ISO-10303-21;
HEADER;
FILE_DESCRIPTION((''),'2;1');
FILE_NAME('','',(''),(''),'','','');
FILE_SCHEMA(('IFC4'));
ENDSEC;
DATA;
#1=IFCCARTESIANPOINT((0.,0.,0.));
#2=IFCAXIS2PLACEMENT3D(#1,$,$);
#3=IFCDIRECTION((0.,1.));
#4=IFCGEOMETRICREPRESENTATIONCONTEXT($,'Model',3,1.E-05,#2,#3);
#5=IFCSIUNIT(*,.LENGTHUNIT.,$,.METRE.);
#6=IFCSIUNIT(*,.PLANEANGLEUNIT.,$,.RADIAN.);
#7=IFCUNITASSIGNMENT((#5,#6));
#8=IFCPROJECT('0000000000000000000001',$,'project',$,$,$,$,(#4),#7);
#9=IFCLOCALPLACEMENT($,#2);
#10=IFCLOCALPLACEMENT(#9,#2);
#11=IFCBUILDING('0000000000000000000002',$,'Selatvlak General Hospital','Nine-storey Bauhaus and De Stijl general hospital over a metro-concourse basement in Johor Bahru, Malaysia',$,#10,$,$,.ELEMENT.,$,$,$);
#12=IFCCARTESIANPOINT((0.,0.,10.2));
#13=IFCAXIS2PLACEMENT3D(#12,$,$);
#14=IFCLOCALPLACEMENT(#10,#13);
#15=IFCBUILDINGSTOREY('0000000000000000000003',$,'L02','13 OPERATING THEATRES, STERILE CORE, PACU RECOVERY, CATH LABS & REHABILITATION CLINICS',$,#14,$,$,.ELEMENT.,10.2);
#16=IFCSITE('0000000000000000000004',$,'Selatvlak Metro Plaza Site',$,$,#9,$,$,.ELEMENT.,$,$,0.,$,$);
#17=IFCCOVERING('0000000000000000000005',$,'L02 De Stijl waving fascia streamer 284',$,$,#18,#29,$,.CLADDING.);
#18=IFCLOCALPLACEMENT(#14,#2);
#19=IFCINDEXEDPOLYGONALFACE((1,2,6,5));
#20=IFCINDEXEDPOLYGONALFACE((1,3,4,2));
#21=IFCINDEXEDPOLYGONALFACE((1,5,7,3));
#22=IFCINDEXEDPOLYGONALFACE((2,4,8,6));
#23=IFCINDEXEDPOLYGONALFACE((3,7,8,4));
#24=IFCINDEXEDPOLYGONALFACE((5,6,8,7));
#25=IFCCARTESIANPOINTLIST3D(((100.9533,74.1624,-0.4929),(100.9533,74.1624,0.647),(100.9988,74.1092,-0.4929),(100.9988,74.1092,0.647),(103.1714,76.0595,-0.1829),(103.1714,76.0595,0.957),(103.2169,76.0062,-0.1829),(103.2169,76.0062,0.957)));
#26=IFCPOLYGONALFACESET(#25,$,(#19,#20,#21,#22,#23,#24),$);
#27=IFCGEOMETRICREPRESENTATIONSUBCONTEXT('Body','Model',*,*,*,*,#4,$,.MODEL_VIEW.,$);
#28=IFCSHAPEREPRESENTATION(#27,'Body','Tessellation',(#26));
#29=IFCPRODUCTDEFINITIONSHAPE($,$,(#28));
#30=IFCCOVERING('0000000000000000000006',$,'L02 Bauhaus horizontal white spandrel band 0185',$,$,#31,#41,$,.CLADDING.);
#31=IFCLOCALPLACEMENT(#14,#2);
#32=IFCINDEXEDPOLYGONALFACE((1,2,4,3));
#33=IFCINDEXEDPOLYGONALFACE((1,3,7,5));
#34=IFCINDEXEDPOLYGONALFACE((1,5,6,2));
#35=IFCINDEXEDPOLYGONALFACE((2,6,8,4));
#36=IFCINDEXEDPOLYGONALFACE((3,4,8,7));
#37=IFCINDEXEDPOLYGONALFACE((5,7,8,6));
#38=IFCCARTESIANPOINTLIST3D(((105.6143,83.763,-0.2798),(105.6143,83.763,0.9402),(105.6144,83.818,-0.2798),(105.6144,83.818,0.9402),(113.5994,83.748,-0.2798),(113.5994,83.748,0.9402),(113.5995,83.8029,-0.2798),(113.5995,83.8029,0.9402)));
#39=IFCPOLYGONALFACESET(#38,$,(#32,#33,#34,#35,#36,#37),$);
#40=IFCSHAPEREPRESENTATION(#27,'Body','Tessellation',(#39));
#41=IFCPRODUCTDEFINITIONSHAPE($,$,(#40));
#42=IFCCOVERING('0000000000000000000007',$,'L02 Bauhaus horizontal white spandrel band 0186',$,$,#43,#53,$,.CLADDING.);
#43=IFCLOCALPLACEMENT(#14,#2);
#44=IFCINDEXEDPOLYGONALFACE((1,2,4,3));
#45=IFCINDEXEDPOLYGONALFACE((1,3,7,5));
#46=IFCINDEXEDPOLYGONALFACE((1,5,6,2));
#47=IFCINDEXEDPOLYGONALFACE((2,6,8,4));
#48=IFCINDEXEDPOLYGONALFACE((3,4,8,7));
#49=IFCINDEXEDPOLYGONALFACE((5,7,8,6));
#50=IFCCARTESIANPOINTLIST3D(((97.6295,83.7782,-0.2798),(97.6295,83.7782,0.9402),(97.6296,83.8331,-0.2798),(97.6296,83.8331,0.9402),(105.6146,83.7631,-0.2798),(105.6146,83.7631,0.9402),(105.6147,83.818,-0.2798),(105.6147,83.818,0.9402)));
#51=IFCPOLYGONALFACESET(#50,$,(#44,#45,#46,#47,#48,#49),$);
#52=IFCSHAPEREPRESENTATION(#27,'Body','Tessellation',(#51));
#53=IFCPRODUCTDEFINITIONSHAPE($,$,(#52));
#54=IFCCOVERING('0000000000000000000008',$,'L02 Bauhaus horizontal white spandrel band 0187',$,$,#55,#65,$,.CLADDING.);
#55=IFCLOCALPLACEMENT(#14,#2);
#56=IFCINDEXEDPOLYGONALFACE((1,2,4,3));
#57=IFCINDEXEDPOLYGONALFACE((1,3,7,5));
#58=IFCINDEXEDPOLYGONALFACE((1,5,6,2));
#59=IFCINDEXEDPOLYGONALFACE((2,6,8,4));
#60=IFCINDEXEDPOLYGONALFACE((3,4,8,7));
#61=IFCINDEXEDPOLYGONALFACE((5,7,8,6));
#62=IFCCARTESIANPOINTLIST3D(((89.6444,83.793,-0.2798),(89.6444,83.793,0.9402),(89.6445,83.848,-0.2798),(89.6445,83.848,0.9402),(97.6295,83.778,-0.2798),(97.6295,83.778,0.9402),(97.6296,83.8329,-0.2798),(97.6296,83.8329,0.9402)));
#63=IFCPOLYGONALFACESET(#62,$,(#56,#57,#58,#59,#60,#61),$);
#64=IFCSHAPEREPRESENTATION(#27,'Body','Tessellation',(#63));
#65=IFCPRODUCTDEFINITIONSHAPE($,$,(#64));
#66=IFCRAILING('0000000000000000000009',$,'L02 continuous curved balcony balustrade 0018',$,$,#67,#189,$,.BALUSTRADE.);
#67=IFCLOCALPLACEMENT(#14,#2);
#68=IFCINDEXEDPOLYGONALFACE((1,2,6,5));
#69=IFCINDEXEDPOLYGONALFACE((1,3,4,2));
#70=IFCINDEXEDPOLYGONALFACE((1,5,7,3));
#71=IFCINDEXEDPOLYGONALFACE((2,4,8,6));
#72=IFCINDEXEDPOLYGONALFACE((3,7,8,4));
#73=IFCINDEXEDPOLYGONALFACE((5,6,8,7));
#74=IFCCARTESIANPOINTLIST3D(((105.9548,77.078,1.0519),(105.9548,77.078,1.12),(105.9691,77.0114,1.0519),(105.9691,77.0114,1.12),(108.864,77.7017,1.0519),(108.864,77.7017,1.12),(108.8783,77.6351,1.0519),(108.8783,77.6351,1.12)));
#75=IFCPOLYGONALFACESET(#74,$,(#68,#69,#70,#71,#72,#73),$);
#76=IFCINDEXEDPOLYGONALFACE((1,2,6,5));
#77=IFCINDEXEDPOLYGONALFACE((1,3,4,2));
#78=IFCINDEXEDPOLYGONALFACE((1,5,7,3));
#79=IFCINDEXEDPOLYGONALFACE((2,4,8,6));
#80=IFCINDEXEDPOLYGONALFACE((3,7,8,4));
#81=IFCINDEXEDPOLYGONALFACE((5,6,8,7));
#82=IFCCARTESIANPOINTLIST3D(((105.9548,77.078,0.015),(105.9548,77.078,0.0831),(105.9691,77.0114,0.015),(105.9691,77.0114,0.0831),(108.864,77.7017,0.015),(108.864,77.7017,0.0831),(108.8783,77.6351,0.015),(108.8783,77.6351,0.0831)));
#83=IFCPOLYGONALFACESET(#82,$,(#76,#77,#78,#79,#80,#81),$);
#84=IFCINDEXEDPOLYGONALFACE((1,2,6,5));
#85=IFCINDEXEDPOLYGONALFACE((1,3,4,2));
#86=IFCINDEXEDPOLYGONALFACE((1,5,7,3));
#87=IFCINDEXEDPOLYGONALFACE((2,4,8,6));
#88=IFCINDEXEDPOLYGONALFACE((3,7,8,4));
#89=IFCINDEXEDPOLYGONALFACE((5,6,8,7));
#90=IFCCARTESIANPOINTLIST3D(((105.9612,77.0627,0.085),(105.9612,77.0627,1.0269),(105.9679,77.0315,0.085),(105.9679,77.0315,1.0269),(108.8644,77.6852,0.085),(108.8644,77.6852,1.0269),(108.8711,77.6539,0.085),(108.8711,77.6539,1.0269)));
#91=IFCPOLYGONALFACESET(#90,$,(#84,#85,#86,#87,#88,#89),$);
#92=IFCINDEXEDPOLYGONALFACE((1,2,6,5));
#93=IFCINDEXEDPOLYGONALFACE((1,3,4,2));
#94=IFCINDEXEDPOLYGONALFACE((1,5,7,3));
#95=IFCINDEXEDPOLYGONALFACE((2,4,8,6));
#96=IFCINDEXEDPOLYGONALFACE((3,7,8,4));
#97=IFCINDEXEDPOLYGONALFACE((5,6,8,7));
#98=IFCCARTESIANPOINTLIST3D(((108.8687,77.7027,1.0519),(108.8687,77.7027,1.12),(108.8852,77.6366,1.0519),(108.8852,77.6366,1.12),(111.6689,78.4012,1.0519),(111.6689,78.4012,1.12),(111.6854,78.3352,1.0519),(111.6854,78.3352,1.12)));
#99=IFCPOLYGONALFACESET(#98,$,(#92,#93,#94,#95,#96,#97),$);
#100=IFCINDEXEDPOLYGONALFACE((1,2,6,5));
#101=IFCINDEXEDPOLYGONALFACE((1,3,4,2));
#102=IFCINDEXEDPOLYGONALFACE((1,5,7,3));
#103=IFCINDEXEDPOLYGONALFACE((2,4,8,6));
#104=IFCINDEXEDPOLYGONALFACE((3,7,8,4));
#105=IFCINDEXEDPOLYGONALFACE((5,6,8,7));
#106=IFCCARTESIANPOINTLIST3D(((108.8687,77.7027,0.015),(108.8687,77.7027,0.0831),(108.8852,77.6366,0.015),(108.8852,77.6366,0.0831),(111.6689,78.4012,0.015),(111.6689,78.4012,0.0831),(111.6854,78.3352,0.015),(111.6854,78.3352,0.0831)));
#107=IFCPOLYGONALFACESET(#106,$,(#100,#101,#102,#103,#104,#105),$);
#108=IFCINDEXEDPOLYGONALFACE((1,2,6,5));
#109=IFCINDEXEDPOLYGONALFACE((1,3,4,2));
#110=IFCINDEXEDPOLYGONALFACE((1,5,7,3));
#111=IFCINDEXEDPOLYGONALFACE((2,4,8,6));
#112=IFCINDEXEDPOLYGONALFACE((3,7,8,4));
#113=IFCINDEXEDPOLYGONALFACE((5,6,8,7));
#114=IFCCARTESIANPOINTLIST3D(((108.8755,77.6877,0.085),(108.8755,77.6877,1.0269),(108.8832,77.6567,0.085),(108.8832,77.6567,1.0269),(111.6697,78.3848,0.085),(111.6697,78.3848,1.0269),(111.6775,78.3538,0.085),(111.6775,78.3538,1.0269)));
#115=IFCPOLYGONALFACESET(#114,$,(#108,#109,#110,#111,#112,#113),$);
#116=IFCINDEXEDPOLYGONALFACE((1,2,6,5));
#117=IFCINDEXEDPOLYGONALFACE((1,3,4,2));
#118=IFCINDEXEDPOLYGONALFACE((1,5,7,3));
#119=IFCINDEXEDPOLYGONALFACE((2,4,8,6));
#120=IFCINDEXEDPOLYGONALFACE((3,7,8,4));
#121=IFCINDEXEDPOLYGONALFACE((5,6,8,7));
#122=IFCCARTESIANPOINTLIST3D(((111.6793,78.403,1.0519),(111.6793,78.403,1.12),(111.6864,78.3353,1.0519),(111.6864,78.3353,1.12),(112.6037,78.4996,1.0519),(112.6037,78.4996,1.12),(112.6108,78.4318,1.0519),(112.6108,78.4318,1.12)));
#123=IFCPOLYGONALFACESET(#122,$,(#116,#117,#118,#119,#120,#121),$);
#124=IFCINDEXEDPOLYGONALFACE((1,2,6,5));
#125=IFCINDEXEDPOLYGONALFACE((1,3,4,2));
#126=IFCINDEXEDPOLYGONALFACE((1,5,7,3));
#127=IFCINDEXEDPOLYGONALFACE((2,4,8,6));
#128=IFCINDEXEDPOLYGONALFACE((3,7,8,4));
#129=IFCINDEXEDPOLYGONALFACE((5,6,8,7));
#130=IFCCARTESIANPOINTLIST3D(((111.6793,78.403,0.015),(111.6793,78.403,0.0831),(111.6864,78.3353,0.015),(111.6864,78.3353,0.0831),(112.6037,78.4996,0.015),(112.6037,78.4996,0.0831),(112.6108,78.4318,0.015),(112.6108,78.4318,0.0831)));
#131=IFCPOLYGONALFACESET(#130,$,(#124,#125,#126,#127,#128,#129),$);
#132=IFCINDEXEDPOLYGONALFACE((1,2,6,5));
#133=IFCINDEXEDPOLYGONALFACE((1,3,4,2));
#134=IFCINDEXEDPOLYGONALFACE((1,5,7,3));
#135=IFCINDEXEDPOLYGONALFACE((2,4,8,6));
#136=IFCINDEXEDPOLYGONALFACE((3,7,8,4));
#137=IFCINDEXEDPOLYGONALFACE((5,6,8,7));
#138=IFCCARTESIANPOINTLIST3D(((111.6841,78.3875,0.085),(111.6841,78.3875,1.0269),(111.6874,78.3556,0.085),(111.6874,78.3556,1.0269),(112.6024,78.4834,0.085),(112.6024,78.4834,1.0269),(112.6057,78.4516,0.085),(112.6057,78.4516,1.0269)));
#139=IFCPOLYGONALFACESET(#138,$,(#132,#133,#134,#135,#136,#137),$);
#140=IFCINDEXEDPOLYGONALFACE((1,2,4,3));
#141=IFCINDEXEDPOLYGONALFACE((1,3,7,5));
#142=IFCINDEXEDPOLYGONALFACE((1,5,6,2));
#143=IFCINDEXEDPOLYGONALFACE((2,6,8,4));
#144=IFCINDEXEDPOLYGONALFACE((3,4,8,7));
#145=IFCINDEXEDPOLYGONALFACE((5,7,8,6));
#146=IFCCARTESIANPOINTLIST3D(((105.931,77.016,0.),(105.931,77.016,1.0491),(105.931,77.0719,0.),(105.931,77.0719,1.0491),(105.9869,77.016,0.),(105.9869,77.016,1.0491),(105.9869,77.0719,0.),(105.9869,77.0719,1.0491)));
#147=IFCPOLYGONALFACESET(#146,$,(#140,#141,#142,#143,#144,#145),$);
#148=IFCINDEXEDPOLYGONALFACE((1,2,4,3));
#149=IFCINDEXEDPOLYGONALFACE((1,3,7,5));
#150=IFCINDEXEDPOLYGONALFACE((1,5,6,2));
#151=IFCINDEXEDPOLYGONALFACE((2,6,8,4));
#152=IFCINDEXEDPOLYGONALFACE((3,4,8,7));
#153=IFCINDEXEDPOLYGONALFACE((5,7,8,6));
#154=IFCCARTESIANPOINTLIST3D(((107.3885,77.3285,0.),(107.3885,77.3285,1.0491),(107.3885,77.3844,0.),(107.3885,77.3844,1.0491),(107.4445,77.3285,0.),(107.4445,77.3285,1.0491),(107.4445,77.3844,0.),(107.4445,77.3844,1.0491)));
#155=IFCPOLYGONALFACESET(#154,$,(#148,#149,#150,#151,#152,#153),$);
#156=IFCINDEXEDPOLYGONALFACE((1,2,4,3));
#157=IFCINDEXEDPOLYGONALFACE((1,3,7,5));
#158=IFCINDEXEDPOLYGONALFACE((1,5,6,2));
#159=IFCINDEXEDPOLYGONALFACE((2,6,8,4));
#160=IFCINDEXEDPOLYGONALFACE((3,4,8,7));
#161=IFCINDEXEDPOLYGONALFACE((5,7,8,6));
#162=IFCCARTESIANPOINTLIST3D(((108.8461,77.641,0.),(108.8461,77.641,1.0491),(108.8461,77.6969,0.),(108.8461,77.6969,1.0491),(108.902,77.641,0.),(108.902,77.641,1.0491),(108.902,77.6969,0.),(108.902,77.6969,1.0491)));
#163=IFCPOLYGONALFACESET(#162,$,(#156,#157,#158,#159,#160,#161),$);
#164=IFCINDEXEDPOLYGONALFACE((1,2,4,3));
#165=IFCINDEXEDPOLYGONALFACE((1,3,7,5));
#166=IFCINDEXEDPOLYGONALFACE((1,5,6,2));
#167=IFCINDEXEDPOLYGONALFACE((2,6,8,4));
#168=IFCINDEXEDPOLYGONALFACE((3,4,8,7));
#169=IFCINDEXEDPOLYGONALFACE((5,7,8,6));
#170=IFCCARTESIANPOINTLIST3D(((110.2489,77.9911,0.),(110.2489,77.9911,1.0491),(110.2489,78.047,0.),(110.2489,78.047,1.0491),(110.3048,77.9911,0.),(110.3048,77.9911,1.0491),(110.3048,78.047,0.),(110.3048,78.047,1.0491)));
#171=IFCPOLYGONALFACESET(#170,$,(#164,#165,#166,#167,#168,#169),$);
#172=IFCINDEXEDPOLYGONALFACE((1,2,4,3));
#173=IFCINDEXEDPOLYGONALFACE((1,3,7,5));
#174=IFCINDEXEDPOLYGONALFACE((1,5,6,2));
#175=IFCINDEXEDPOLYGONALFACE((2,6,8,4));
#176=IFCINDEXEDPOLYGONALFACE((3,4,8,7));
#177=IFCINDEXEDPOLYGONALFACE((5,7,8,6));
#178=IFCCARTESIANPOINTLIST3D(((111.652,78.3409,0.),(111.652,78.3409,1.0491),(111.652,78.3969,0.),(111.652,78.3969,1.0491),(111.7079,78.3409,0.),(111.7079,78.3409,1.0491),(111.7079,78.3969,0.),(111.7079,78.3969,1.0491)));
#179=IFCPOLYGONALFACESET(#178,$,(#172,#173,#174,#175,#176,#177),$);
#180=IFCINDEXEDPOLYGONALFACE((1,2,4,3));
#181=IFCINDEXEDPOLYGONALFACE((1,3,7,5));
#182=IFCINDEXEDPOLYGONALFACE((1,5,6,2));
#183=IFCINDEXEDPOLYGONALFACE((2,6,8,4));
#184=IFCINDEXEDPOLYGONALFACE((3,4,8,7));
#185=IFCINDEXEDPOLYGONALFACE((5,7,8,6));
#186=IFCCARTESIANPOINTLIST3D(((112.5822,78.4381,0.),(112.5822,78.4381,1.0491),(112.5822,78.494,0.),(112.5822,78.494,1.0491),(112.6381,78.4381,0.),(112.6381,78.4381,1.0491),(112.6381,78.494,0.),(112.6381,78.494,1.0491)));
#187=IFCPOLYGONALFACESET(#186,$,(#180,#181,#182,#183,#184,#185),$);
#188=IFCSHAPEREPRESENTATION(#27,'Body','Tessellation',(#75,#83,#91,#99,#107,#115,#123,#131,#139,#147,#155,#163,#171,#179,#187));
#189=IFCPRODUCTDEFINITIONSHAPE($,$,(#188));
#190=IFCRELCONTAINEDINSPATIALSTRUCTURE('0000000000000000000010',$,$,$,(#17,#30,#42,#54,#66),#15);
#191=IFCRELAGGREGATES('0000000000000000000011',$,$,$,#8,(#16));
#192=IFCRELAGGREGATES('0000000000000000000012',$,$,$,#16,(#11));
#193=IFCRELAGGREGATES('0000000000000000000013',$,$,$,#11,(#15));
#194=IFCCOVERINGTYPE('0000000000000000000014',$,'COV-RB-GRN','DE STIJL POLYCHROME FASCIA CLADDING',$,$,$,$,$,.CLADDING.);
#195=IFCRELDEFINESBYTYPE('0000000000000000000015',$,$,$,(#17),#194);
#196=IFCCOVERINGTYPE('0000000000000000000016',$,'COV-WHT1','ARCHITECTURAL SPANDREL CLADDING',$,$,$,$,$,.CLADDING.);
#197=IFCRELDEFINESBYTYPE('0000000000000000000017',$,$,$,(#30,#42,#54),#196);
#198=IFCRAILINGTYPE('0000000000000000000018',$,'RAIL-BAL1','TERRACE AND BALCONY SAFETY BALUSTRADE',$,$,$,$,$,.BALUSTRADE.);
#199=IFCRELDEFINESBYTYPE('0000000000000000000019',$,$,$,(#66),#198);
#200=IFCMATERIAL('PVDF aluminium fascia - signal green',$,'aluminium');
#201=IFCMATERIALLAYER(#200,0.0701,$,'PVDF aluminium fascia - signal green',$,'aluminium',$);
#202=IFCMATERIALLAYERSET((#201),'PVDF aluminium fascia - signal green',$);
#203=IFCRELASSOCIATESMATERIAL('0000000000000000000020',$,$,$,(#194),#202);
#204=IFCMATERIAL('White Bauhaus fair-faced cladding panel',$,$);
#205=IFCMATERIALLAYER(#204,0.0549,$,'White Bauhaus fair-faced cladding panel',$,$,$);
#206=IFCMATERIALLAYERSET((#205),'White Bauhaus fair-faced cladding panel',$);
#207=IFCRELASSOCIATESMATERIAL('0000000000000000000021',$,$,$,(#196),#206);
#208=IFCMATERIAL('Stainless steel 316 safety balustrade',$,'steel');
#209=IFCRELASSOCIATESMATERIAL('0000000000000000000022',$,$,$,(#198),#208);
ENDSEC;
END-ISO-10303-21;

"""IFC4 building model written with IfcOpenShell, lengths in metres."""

from ifc_helpers import new_model, si_unit, direction, frame, origin, origin_2d, place, context, subcontext, project, spatial, polyline, rectangle, outline, extrude, material, layer, layer_set, type_object, element, save


model = new_model("IFC4")

# Units and contexts
model_context = context("Model", 3, precision=1e-05, world=origin(), true_north=direction((0.0, 1.0)))
body_context = subcontext(model_context, "Body", "Model", "MODEL_VIEW")
ifc_project = project(units=[si_unit("LENGTHUNIT", "METRE"), si_unit("PLANEANGLEUNIT", "RADIAN")], contexts=[model_context])

# Site, building, storey
site_placement = place(None, origin())
site = spatial("IfcSite", under=ifc_project, at=site_placement, Name="Selatvlak Metro Plaza Site", CompositionType="ELEMENT", RefElevation=0.0)
building_placement = place(site_placement, origin())
building = spatial("IfcBuilding", under=site, at=building_placement, Name="Selatvlak General Hospital", Description="Nine-storey Bauhaus and De Stijl general hospital over a metro-concourse basement in Johor Bahru, Malaysia", CompositionType="ELEMENT")
storey_placement = place(building_placement, frame((0.0, 0.0, 10.2)))
storey = spatial("IfcBuildingStorey", under=building, at=storey_placement, Name="L02", Description="13 OPERATING THEATRES, STERILE CORE, PACU RECOVERY, CATH LABS & REHABILITATION CLINICS", CompositionType="ELEMENT", Elevation=10.2)

# Coverings
ifc_material_1 = material(Name="PVDF aluminium fascia - signal green", Category="aluminium")
ifc_layer_1 = layer(ifc_material_1, 0.0701, Name="PVDF aluminium fascia - signal green", Category="aluminium")
ifc_layer_set_1 = layer_set([ifc_layer_1], Name="PVDF aluminium fascia - signal green")
covering_type_1 = type_object("IfcCoveringType", Name="COV-RB-GRN", Description="DE STIJL POLYCHROME FASCIA CLADDING", PredefinedType="CLADDING", material=ifc_layer_set_1)
covering_1_placement = place(storey_placement, frame((103.1941, 76.033, -0.1829), z_axis=(0.0, 0.0, 1.0), x_axis=(-0.759965, -0.649964, 0.0)))
element("IfcCovering", 1, at=covering_1_placement, inside=storey, type_object=covering_type_1, Name="L02 De Stijl waving fascia streamer 284", PredefinedType="CLADDING", context=body_context, shape_type="SweptSolid", body=[
    extrude(outline(polyline([(0.0, 0.0), (2.9187, -0.3101), (2.9187, 0.8298), (0.0, 1.1399), (0.0, 0.0)])), frame((0.0, 0.0352, 0.0), z_axis=(0.0, -1.0, 0.0), x_axis=(1.0, 0.0, 0.0)), (0.0, 0.0, 1.0), 0.0701),
])
ifc_material_2 = material(Name="White Bauhaus fair-faced cladding panel")
ifc_layer_2 = layer(ifc_material_2, 0.0549, Name="White Bauhaus fair-faced cladding panel")
ifc_layer_set_2 = layer_set([ifc_layer_2], Name="White Bauhaus fair-faced cladding panel")
covering_type_2 = type_object("IfcCoveringType", Name="COV-WHT1", Description="ARCHITECTURAL SPANDREL CLADDING", PredefinedType="CLADDING", material=ifc_layer_set_2)
for number, where, z_axis, x_axis, name in (
    (2, (109.6069, 83.783, -0.2798), (0.0, 0.0, 1.0), (-0.999998, 0.001885, 0.0), "L02 Bauhaus horizontal white spandrel band 0185"),
    (3, (101.6221, 83.7981, -0.2798), (0.0, 0.0, 1.0), (-0.999998, 0.001885, 0.0), "L02 Bauhaus horizontal white spandrel band 0186"),
    (4, (93.637, 83.813, -0.2798), (0.0, 0.0, 1.0), (-0.999998, 0.001885, 0.0), "L02 Bauhaus horizontal white spandrel band 0187"),
):
    element("IfcCovering", number, at=place(storey_placement, frame(where, z_axis=z_axis, x_axis=x_axis)), inside=storey, type_object=covering_type_2, Name=name, PredefinedType="CLADDING", context=body_context, shape_type="SweptSolid", body=[
        extrude(rectangle(XDim=7.9851, YDim=0.0549, at=origin_2d()), origin(), (0.0, 0.0, 1.0), 1.22),
    ])

# Railing
ifc_material_3 = material(Name="Stainless steel 316 safety balustrade", Category="steel")
railing_type = type_object("IfcRailingType", Name="RAIL-BAL1", Description="TERRACE AND BALCONY SAFETY BALUSTRADE", PredefinedType="BALUSTRADE", material=ifc_material_3)
railing_placement = place(storey_placement, frame((105.959, 77.0439, 0.0)))
element("IfcRailing", 5, at=railing_placement, inside=storey, type_object=railing_type, Name="L02 continuous curved balcony balustrade 0018", PredefinedType="BALUSTRADE", context=body_context, shape_type="SweptSolid", body=[
    extrude(rectangle(XDim=0.0681, YDim=0.0681, at=origin_2d()), frame((0.0029, 0.0007, 1.0859), z_axis=(0.977778, 0.209641, 0.0), x_axis=(-0.209641, 0.977778, 0.0)), (0.0, 0.0, 1.0), 2.9753),
    extrude(rectangle(XDim=0.0681, YDim=0.0681, at=origin_2d()), frame((0.0029, 0.0007, 0.0491), z_axis=(0.977778, 0.209641, 0.0), x_axis=(-0.209641, 0.977778, 0.0)), (0.0, 0.0, 1.0), 2.9753),
    extrude(outline(polyline([(0.0, 0.0), (2.9692, 0.0), (2.9692, 0.9419), (0.0, 0.9419), (0.0, 0.0)])), frame((0.0022, 0.0188, 0.085), z_axis=(0.209641, -0.977778, 0.0), x_axis=(0.977778, 0.209641, 0.0)), (0.0, 0.0, 1.0), 0.032),
    extrude(rectangle(XDim=0.0681, YDim=0.0681, at=origin_2d()), frame((2.918, 0.6257, 1.0859), z_axis=(0.970267, 0.242039, 0.0), x_axis=(-0.242039, 0.970267, 0.0)), (0.0, 0.0, 1.0), 2.886),
    extrude(rectangle(XDim=0.0681, YDim=0.0681, at=origin_2d()), frame((2.918, 0.6257, 0.0491), z_axis=(0.970267, 0.242039, 0.0), x_axis=(-0.242039, 0.970267, 0.0)), (0.0, 0.0, 1.0), 2.886),
    extrude(outline(polyline([(0.0, 0.0), (2.8799, 0.0), (2.8799, 0.9419), (0.0, 0.9419), (0.0, 0.0)])), frame((2.9165, 0.6438, 0.085), z_axis=(0.242039, -0.970267, 0.0), x_axis=(0.970267, 0.242039, 0.0)), (0.0, 0.0, 1.0), 0.032),
    extrude(rectangle(XDim=0.0681, YDim=0.0681, at=origin_2d()), frame((5.7239, 1.3252, 1.0859), z_axis=(0.994588, 0.103897, 0.0), x_axis=(-0.103897, 0.994588, 0.0)), (0.0, 0.0, 1.0), 0.9294),
    extrude(rectangle(XDim=0.0681, YDim=0.0681, at=origin_2d()), frame((5.7239, 1.3252, 0.0491), z_axis=(0.994588, 0.103897, 0.0), x_axis=(-0.103897, 0.994588, 0.0)), (0.0, 0.0, 1.0), 0.9294),
    extrude(outline(polyline([(0.0, 0.0), (0.9233, 0.0), (0.9233, 0.9419), (0.0, 0.9419), (0.0, 0.0)])), frame((5.7251, 1.3435, 0.085), z_axis=(0.103897, -0.994588, 0.0), x_axis=(0.994588, 0.103897, 0.0)), (0.0, 0.0, 1.0), 0.032),
    extrude(rectangle(XDim=0.0559, YDim=0.0559, at=origin_2d()), origin(), (0.0, 0.0, 1.0), 1.0491),
    extrude(rectangle(XDim=0.0559, YDim=0.0559, at=origin_2d()), frame((1.4575, 0.3125, 0.0)), (0.0, 0.0, 1.0), 1.0491),
    extrude(rectangle(XDim=0.0559, YDim=0.0559, at=origin_2d()), frame((2.915, 0.625, 0.0)), (0.0, 0.0, 1.0), 1.0491),
    extrude(rectangle(XDim=0.0559, YDim=0.0559, at=origin_2d()), frame((4.3179, 0.9751, 0.0)), (0.0, 0.0, 1.0), 1.0491),
    extrude(rectangle(XDim=0.0559, YDim=0.0559, at=origin_2d()), frame((5.7209, 1.325, 0.0)), (0.0, 0.0, 1.0), 1.0491),
    extrude(rectangle(XDim=0.0559, YDim=0.0559, at=origin_2d()), frame((6.6511, 1.4221, 0.0)), (0.0, 0.0, 1.0), 1.0491),
])

save(model, "model.ifc")
